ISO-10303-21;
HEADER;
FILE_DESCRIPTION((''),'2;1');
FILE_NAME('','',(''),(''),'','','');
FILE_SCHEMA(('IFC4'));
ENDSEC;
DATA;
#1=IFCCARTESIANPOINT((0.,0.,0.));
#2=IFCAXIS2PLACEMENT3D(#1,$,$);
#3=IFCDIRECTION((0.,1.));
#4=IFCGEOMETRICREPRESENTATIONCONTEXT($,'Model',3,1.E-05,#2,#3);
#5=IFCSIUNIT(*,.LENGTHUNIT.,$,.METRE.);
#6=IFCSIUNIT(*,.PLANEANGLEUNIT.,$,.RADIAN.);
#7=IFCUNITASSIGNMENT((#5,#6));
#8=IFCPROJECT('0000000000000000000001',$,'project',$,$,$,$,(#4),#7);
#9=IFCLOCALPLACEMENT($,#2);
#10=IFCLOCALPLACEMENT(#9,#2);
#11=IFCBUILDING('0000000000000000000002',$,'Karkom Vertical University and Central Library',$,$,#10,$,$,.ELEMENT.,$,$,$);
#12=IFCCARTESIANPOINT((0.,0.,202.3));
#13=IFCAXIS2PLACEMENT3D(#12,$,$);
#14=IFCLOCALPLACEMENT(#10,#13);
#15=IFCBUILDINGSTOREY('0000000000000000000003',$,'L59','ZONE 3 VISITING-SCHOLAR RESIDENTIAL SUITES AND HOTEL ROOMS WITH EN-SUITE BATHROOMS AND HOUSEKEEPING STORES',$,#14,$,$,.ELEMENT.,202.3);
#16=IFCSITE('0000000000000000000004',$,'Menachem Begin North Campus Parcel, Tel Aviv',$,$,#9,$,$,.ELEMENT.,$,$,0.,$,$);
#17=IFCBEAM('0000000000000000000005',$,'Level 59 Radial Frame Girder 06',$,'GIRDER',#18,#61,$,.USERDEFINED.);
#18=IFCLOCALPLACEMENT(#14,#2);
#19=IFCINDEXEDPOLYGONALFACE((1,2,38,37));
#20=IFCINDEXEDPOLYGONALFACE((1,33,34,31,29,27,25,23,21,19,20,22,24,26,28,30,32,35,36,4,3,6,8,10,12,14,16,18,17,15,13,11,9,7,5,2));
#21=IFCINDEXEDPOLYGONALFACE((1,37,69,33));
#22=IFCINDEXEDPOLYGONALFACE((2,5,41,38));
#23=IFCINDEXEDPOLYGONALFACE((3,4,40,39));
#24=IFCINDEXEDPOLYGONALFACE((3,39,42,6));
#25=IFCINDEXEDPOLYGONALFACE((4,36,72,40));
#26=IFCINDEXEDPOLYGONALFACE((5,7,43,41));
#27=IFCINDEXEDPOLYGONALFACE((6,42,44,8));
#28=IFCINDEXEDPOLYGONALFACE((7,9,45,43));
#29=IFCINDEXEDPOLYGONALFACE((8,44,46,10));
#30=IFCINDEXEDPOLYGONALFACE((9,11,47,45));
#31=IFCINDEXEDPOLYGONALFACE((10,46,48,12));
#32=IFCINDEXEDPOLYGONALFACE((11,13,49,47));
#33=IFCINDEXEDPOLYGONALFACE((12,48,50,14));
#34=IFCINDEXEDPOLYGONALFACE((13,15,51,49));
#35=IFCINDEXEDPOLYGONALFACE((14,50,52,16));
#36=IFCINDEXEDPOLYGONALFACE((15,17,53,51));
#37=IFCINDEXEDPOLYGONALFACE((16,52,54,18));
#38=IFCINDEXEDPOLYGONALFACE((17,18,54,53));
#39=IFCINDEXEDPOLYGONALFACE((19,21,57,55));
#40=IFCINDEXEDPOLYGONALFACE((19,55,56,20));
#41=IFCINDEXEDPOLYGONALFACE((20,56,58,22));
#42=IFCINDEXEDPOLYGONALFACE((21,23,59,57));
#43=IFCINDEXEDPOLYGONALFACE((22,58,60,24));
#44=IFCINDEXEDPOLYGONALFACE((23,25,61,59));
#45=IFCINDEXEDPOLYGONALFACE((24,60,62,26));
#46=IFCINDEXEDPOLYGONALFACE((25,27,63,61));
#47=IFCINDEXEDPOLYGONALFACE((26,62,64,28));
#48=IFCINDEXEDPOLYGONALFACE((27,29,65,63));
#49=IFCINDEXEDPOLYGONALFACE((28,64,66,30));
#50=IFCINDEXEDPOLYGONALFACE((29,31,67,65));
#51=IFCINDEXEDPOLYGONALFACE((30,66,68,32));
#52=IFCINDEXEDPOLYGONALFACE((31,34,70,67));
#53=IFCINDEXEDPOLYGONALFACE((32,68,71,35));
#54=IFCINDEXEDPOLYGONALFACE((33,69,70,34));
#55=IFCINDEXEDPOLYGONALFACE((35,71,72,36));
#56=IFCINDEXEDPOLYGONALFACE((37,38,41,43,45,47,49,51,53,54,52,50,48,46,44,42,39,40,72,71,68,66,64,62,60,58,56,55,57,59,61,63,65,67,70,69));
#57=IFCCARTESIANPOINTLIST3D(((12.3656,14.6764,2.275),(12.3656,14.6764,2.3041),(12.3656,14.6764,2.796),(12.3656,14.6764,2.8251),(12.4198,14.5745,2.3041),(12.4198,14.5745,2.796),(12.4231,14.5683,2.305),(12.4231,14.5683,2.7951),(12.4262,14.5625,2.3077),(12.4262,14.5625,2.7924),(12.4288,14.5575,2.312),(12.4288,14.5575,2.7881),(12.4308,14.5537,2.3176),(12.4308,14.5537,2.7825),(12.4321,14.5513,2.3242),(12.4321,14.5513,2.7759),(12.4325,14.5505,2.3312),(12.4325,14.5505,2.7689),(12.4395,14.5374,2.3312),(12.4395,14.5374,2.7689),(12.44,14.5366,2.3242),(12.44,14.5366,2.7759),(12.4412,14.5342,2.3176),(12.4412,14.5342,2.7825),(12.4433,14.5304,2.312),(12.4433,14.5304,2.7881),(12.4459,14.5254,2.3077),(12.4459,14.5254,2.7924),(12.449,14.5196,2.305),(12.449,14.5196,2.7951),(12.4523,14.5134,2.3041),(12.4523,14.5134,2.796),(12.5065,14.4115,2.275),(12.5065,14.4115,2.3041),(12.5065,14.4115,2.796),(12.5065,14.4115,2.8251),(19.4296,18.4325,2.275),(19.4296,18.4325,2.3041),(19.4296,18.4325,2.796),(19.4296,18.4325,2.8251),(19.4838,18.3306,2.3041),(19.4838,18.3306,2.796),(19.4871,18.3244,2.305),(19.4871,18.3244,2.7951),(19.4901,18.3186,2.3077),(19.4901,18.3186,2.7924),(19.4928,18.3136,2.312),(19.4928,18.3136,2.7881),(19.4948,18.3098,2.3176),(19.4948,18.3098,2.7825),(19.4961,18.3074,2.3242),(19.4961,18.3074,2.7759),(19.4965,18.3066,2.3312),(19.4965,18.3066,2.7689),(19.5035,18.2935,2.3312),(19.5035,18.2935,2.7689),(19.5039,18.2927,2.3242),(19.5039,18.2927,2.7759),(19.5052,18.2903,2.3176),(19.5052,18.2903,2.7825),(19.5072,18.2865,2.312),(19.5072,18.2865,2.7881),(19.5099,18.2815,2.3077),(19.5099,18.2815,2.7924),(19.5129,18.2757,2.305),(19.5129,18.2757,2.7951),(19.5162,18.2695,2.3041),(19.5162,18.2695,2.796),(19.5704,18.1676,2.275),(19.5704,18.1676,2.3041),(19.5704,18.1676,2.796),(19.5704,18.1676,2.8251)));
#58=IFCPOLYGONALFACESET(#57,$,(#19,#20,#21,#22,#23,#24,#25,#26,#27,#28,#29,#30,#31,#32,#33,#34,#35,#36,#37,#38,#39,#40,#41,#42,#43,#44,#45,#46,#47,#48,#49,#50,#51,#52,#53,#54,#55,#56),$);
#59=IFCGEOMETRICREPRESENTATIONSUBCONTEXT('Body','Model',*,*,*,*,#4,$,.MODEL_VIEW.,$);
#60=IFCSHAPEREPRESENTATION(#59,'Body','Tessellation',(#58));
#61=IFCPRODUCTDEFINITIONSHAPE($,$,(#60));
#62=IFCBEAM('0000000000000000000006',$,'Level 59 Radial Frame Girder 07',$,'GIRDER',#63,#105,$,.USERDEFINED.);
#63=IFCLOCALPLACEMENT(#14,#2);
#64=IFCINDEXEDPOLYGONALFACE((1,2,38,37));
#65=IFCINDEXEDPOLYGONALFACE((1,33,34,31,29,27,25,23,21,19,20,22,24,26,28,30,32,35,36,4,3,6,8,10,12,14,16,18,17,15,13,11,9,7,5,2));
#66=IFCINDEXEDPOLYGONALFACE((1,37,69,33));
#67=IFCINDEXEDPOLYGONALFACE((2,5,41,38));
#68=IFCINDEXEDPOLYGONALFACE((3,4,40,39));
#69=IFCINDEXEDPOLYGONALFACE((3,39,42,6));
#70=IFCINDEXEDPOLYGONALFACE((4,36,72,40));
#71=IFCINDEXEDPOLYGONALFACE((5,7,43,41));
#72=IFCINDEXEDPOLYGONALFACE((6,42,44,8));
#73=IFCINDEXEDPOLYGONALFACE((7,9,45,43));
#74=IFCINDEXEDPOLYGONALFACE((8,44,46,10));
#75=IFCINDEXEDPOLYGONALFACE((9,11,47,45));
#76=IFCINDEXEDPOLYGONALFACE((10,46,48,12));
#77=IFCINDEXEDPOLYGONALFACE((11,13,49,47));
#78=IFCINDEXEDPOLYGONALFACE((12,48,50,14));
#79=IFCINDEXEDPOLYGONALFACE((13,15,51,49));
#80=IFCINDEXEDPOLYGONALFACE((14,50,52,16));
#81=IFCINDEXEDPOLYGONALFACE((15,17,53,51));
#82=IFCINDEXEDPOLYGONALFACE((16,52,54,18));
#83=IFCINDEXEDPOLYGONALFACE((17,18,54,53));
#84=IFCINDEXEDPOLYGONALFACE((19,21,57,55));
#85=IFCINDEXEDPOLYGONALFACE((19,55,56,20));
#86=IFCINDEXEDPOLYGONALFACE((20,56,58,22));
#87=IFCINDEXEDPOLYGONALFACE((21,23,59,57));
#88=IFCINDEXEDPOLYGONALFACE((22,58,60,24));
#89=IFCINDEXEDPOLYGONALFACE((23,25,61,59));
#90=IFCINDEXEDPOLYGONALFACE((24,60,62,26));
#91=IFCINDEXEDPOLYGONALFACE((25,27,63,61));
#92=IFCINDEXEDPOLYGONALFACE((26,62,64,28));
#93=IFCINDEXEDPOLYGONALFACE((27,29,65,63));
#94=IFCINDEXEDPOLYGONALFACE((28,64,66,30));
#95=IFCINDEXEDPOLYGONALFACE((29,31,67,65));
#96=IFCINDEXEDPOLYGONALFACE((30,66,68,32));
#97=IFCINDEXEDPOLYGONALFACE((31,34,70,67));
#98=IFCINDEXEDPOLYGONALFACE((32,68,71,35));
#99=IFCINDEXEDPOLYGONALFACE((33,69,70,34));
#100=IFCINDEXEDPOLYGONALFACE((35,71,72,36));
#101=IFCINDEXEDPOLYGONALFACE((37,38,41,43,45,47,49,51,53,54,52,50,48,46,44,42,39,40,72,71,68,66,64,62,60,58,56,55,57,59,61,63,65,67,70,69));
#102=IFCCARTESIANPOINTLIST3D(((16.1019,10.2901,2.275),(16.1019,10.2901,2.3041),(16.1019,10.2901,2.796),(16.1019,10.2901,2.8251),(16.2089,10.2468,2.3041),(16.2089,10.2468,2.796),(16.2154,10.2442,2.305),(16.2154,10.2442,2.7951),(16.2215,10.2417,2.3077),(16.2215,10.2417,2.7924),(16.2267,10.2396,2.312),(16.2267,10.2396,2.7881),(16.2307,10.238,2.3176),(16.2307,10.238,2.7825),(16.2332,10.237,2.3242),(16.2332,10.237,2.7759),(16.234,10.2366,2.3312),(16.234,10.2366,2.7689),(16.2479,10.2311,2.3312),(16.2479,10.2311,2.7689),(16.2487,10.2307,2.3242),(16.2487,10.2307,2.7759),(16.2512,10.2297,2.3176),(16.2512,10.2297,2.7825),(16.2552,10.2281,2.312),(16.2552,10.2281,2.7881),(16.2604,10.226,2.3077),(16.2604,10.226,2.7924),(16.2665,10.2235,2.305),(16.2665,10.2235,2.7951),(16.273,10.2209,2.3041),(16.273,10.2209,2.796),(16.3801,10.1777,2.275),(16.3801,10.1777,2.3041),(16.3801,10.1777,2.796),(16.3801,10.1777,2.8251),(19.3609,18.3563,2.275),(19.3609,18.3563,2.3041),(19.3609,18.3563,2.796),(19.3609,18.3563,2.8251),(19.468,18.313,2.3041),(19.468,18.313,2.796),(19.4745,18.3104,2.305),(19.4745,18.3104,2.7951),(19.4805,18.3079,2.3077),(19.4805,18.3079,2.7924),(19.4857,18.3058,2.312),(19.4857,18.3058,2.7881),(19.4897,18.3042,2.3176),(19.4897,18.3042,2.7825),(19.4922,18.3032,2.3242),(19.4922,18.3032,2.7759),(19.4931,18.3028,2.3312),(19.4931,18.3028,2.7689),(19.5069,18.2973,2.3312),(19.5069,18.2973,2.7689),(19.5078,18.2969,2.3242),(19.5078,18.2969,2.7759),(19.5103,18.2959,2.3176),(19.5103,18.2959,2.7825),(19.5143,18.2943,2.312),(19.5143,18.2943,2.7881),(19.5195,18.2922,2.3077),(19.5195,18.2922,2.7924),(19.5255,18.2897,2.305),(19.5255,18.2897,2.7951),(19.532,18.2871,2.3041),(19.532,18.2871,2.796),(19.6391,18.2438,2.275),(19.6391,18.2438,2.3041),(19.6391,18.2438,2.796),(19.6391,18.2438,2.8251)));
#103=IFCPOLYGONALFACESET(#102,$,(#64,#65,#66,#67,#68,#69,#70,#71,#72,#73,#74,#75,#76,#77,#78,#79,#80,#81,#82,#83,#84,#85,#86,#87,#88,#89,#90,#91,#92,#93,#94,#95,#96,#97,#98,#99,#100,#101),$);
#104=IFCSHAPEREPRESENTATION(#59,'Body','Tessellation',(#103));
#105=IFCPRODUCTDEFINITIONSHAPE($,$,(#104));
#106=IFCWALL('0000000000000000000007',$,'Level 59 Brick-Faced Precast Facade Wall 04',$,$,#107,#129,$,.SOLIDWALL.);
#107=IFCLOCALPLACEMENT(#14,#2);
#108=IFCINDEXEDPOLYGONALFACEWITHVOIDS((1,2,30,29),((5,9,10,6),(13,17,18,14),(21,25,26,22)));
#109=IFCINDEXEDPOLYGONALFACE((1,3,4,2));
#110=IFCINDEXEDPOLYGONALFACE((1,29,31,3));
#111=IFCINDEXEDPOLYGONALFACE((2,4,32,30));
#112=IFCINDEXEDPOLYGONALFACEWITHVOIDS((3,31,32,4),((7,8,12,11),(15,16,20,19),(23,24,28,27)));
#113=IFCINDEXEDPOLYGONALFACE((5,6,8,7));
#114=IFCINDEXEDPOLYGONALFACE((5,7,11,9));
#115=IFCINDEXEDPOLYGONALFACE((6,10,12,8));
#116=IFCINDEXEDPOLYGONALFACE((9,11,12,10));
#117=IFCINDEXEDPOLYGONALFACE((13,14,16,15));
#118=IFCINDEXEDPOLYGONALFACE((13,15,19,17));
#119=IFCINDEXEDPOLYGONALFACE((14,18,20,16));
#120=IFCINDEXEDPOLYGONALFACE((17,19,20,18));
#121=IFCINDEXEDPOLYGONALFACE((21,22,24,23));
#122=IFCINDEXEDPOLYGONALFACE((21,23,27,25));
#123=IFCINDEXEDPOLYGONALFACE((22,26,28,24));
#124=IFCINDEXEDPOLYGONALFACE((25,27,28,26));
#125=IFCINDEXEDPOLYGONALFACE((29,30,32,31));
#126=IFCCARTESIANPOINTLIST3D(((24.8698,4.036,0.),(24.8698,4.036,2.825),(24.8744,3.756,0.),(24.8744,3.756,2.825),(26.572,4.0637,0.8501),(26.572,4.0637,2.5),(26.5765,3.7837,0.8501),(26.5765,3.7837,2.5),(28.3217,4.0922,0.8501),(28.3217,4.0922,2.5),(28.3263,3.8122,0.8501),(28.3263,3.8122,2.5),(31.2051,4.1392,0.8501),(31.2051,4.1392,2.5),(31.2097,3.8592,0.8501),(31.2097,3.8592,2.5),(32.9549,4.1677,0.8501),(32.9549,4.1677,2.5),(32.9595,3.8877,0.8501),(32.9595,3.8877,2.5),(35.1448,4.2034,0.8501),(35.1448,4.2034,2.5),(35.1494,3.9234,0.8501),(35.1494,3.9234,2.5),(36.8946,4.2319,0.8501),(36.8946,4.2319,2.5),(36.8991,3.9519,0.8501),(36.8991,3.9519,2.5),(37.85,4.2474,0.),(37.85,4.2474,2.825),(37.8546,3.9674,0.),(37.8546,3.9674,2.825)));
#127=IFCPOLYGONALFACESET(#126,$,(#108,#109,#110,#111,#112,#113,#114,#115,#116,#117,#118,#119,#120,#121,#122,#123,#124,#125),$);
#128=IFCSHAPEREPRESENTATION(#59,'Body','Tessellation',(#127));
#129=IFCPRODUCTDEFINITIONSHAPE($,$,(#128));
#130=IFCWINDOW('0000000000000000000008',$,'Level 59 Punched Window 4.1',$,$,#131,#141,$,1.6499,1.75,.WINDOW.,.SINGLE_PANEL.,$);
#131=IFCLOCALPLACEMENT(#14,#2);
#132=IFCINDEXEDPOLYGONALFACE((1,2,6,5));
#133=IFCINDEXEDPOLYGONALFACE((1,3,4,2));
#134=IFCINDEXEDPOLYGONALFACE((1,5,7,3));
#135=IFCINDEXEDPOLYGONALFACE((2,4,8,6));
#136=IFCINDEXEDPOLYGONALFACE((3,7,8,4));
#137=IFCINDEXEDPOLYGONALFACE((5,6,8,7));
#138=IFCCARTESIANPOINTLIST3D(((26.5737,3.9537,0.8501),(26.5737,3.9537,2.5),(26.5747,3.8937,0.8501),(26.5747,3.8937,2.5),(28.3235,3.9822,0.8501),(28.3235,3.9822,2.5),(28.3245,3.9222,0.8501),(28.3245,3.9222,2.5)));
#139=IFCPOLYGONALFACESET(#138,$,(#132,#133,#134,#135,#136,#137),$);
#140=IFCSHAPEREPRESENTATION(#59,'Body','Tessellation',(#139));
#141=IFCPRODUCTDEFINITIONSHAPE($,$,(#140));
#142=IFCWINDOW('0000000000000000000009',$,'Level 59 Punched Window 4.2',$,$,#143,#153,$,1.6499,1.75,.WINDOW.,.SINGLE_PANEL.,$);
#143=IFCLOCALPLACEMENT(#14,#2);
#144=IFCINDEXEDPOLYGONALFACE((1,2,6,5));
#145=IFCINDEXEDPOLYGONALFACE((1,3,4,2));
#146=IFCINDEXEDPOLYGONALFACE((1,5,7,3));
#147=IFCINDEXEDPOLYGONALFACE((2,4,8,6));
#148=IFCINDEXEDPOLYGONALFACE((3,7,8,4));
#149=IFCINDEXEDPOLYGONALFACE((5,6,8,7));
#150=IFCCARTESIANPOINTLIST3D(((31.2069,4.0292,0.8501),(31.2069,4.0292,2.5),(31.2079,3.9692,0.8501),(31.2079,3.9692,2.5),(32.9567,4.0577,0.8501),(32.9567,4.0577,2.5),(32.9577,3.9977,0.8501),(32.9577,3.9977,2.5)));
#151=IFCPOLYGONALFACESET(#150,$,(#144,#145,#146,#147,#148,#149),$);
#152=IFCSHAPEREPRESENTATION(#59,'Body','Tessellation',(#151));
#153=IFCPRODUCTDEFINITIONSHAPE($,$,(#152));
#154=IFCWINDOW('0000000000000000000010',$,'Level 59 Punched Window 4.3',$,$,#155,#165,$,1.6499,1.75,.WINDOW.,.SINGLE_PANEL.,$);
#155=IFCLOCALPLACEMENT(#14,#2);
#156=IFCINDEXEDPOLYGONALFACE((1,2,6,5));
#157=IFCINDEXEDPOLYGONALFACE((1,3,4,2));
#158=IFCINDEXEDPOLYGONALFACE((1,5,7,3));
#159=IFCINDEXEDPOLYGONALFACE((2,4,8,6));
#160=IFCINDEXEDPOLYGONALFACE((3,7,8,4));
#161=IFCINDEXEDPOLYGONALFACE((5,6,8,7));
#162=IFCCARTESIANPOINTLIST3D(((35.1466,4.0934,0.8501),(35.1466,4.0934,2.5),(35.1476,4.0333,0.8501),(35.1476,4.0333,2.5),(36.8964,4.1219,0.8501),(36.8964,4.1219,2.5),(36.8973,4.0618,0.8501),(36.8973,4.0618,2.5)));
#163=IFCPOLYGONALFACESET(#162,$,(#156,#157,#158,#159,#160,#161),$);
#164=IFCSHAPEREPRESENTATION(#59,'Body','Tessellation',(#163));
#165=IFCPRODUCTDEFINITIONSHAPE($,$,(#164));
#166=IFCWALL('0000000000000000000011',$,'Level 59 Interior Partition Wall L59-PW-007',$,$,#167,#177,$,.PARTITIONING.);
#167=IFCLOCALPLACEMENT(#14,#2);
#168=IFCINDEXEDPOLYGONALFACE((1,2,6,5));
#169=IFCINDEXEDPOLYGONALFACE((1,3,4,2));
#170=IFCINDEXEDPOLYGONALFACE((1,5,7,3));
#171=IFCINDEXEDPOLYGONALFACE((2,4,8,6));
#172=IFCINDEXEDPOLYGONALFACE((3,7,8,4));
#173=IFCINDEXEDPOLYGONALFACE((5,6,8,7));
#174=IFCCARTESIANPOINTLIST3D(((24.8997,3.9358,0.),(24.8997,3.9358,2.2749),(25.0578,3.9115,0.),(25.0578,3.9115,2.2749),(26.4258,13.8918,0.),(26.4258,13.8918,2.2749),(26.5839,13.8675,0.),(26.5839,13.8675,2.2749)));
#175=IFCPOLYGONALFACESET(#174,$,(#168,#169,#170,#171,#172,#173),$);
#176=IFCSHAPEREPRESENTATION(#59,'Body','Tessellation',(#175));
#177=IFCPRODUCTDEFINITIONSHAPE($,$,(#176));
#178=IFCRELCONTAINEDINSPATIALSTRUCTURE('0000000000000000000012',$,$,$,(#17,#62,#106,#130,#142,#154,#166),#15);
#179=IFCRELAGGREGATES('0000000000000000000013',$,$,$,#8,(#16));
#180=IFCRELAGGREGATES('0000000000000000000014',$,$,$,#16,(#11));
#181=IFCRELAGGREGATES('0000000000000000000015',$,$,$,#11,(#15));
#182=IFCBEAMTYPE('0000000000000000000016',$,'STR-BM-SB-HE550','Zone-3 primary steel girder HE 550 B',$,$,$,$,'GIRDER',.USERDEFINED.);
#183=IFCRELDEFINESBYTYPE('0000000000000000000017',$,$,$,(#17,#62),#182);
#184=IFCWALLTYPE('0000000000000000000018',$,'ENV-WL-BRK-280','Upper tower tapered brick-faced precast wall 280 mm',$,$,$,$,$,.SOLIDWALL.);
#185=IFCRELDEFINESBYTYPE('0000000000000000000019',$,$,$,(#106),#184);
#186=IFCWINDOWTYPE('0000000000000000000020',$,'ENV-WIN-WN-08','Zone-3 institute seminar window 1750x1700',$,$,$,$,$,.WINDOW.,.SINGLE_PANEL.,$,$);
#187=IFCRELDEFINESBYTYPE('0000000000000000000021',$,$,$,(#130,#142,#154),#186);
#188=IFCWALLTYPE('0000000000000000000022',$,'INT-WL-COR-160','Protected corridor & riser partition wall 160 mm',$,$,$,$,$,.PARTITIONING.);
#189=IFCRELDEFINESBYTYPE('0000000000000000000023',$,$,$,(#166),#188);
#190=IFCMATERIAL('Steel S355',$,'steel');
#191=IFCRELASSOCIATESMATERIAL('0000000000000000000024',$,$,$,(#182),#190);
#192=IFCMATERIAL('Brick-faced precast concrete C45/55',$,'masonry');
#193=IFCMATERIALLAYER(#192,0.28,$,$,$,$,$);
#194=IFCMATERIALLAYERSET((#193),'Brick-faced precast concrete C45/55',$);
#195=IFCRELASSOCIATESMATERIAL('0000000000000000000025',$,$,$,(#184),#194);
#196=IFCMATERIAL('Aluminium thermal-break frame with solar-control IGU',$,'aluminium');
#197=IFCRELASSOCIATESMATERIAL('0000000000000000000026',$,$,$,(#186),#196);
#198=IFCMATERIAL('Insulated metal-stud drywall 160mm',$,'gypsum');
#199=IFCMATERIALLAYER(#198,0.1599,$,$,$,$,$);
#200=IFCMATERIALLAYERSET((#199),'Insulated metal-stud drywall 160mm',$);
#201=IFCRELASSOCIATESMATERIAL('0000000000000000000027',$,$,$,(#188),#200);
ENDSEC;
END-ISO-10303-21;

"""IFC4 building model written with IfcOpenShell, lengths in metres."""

from ifc_helpers import new_model, si_unit, direction, frame, frame_2d, origin, origin_with_axes, origin_2d, place, context, subcontext, project, spatial, rectangle, i_section, extrude, source, transform, mapped, material, layer, layer_set, material_profile, profile_set, type_object, element, fill, save


model = new_model("IFC4")

# Units and contexts
model_context = context("Model", 3, precision=1e-05, world=origin(), true_north=direction((0.0, 1.0)))
body_context = subcontext(model_context, "Body", "Model", "MODEL_VIEW")
ifc_project = project(units=[si_unit("LENGTHUNIT", "METRE"), si_unit("PLANEANGLEUNIT", "RADIAN")], contexts=[model_context])

# Site, building, storey
site_placement = place(None, origin())
site = spatial("IfcSite", under=ifc_project, at=site_placement, Name="Menachem Begin North Campus Parcel, Tel Aviv", CompositionType="ELEMENT", RefElevation=0.0)
building_placement = place(site_placement, origin())
building = spatial("IfcBuilding", under=site, at=building_placement, Name="Karkom Vertical University and Central Library", CompositionType="ELEMENT")
storey_placement = place(building_placement, frame((0.0, 0.0, 202.3)))
storey = spatial("IfcBuildingStorey", under=building, at=storey_placement, Name="L59", Description="ZONE 3 VISITING-SCHOLAR RESIDENTIAL SUITES AND HOTEL ROOMS WITH EN-SUITE BATHROOMS AND HOUSEKEEPING STORES", CompositionType="ELEMENT", Elevation=202.3)

# Beams
ifc_material_1 = material(Name="Steel S355", Category="steel")
ifc_material_profile_1 = material_profile(ifc_material_1, i_section(OverallWidth=0.3, OverallDepth=0.55, WebThickness=0.0149, FlangeThickness=0.0291, FilletRadius=0.0271, at=origin_2d()), Name="HE 550 B")
ifc_profile_set_1 = profile_set([ifc_material_profile_1], Name="Steel S355")
beam_type_1 = type_object("IfcBeamType", Name="STR-BM-SB-HE550", Description="Zone-3 primary steel girder HE 550 B", ElementType="GIRDER", PredefinedType="USERDEFINED", material=ifc_profile_set_1)
shared_shape_1 = source(origin_with_axes(), body_context, "Body", "SweptSolid", [
    extrude(i_section(OverallWidth=0.3, OverallDepth=0.55, WebThickness=0.0149, FlangeThickness=0.0291, FilletRadius=0.0271, at=origin_2d()), origin(), (0.0, 0.0, 1.0), 8.0005),
])
beam_1_placement = place(storey_placement, frame((19.5, 18.3, 2.55), z_axis=(-0.882941, -0.469484, 0.0), x_axis=(0.469484, -0.882941, 0.0)))
element("IfcBeam", 1, at=beam_1_placement, inside=storey, type_object=beam_type_1, Name="Level 59 Radial Frame Girder 06", ObjectType="GIRDER", PredefinedType="USERDEFINED", context=body_context, shape_type="MappedRepresentation", body=[
    mapped(shared_shape_1, transform((0.0, 0.0, 0.0), scale=1.0)),
])
shared_shape_2 = source(origin_with_axes(), body_context, "Body", "SweptSolid", [
    extrude(i_section(OverallWidth=0.3, OverallDepth=0.55, WebThickness=0.0149, FlangeThickness=0.0291, FilletRadius=0.0271, at=origin_2d()), origin(), (0.0, 0.0, 1.0), 8.6997),
])
beam_2_placement = place(storey_placement, frame((19.5, 18.3, 2.55), z_axis=(-0.374616, -0.92718, 0.0), x_axis=(0.92718, -0.374616, 0.0)))
element("IfcBeam", 2, at=beam_2_placement, inside=storey, type_object=beam_type_1, Name="Level 59 Radial Frame Girder 07", ObjectType="GIRDER", PredefinedType="USERDEFINED", context=body_context, shape_type="MappedRepresentation", body=[
    mapped(shared_shape_2, transform((0.0, 0.0, 0.0), scale=1.0)),
])

# Wall, openings, windows
ifc_material_2 = material(Name="Brick-faced precast concrete C45/55", Category="masonry")
ifc_layer_1 = layer(ifc_material_2, 0.28)
ifc_layer_set_1 = layer_set([ifc_layer_1], Name="Brick-faced precast concrete C45/55")
wall_type_1 = type_object("IfcWallType", Name="ENV-WL-BRK-280", Description="Upper tower tapered brick-faced precast wall 280 mm", PredefinedType="SOLIDWALL", material=ifc_layer_set_1)
wall_1_placement = place(storey_placement, frame((24.8721, 3.896, 0.0), z_axis=(0.0, 0.0, 1.0), x_axis=(0.999867, 0.016286, 0.0)))
wall_1 = element("IfcWall", 3, at=wall_1_placement, inside=storey, type_object=wall_type_1, Name="Level 59 Brick-Faced Precast Facade Wall 04", PredefinedType="SOLIDWALL", context=body_context, shape_type="SweptSolid", body=[
    extrude(rectangle(XDim=12.9819, YDim=0.28, at=frame_2d((6.491, 0.0))), origin(), (0.0, 0.0, 1.0), 2.825),
])
opening_1_placement = place(wall_1_placement, frame((1.7024, 0.0, 0.8501)))
opening_1 = element("IfcOpeningElement", 4, at=opening_1_placement, cuts=wall_1, PredefinedType="OPENING", context=body_context, shape_type="SweptSolid", body=[
    extrude(rectangle(XDim=1.75, YDim=1.6499, at=frame_2d((0.875, 0.825))), frame((0.0, 0.1499, 0.0), z_axis=(0.0, -1.0, 0.0), x_axis=(1.0, 0.0, 0.0)), (0.0, 0.0, 1.0), 0.3),
])
opening_2_placement = place(wall_1_placement, frame((6.3362, 0.0, 0.8501)))
opening_2 = element("IfcOpeningElement", 5, at=opening_2_placement, cuts=wall_1, PredefinedType="OPENING", context=body_context, shape_type="SweptSolid", body=[
    extrude(rectangle(XDim=1.75, YDim=1.6499, at=frame_2d((0.875, 0.825))), frame((0.0, 0.1499, 0.0), z_axis=(0.0, -1.0, 0.0), x_axis=(1.0, 0.0, 0.0)), (0.0, 0.0, 1.0), 0.3),
])
opening_3_placement = place(wall_1_placement, frame((10.2764, 0.0, 0.8501)))
opening_3 = element("IfcOpeningElement", 6, at=opening_3_placement, cuts=wall_1, PredefinedType="OPENING", context=body_context, shape_type="SweptSolid", body=[
    extrude(rectangle(XDim=1.75, YDim=1.6499, at=frame_2d((0.875, 0.825))), frame((0.0, 0.1499, 0.0), z_axis=(0.0, -1.0, 0.0), x_axis=(1.0, 0.0, 0.0)), (0.0, 0.0, 1.0), 0.3),
])
ifc_material_3 = material(Name="Aluminium thermal-break frame with solar-control IGU", Category="aluminium")
window_type = type_object("IfcWindowType", Name="ENV-WIN-WN-08", Description="Zone-3 institute seminar window 1750x1700", PartitioningType="SINGLE_PANEL", PredefinedType="WINDOW", material=ifc_material_3)
shared_shape_3 = source(origin_with_axes(), body_context, "Body", "SweptSolid", [
    extrude(rectangle(XDim=1.75, YDim=1.6499, at=frame_2d((0.875, 0.825))), frame((0.0, 0.03, 0.0), z_axis=(0.0, -1.0, 0.0), x_axis=(1.0, 0.0, 0.0)), (0.0, 0.0, 1.0), 0.0601),
])
window_1_placement = place(opening_1_placement, origin())
window_1 = element("IfcWindow", 7, at=window_1_placement, inside=storey, type_object=window_type, Name="Level 59 Punched Window 4.1", OverallHeight=1.6499, OverallWidth=1.75, PartitioningType="SINGLE_PANEL", PredefinedType="WINDOW", context=body_context, shape_type="MappedRepresentation", body=[
    mapped(shared_shape_3, transform((0.0, 0.0, 0.0), scale=1.0)),
])
fill(opening_1, window_1)
window_2_placement = place(opening_2_placement, origin())
window_2 = element("IfcWindow", 8, at=window_2_placement, inside=storey, type_object=window_type, Name="Level 59 Punched Window 4.2", OverallHeight=1.6499, OverallWidth=1.75, PartitioningType="SINGLE_PANEL", PredefinedType="WINDOW", context=body_context, shape_type="MappedRepresentation", body=[
    mapped(shared_shape_3, transform((0.0, 0.0, 0.0), scale=1.0)),
])
fill(opening_2, window_2)
window_3_placement = place(opening_3_placement, origin())
window_3 = element("IfcWindow", 9, at=window_3_placement, inside=storey, type_object=window_type, Name="Level 59 Punched Window 4.3", OverallHeight=1.6499, OverallWidth=1.75, PartitioningType="SINGLE_PANEL", PredefinedType="WINDOW", context=body_context, shape_type="MappedRepresentation", body=[
    mapped(shared_shape_3, transform((0.0, 0.0, 0.0), scale=1.0)),
])
fill(opening_3, window_3)

# Wall
ifc_material_4 = material(Name="Insulated metal-stud drywall 160mm", Category="gypsum")
ifc_layer_2 = layer(ifc_material_4, 0.1599)
ifc_layer_set_2 = layer_set([ifc_layer_2], Name="Insulated metal-stud drywall 160mm")
wall_type_2 = type_object("IfcWallType", Name="INT-WL-COR-160", Description="Protected corridor & riser partition wall 160 mm", PredefinedType="PARTITIONING", material=ifc_layer_set_2)
wall_2_placement = place(storey_placement, frame((26.5049, 13.8796, 0.0), z_axis=(0.0, 0.0, 1.0), x_axis=(-0.151516, -0.988455, 0.0)))
element("IfcWall", 10, at=wall_2_placement, inside=storey, type_object=wall_type_2, Name="Level 59 Interior Partition Wall L59-PW-007", PredefinedType="PARTITIONING", context=body_context, shape_type="SweptSolid", body=[
    extrude(rectangle(XDim=10.0723, YDim=0.1599, at=frame_2d((5.0361, 0.0))), origin(), (0.0, 0.0, 1.0), 2.2749),
])

save(model, "model.ifc")
